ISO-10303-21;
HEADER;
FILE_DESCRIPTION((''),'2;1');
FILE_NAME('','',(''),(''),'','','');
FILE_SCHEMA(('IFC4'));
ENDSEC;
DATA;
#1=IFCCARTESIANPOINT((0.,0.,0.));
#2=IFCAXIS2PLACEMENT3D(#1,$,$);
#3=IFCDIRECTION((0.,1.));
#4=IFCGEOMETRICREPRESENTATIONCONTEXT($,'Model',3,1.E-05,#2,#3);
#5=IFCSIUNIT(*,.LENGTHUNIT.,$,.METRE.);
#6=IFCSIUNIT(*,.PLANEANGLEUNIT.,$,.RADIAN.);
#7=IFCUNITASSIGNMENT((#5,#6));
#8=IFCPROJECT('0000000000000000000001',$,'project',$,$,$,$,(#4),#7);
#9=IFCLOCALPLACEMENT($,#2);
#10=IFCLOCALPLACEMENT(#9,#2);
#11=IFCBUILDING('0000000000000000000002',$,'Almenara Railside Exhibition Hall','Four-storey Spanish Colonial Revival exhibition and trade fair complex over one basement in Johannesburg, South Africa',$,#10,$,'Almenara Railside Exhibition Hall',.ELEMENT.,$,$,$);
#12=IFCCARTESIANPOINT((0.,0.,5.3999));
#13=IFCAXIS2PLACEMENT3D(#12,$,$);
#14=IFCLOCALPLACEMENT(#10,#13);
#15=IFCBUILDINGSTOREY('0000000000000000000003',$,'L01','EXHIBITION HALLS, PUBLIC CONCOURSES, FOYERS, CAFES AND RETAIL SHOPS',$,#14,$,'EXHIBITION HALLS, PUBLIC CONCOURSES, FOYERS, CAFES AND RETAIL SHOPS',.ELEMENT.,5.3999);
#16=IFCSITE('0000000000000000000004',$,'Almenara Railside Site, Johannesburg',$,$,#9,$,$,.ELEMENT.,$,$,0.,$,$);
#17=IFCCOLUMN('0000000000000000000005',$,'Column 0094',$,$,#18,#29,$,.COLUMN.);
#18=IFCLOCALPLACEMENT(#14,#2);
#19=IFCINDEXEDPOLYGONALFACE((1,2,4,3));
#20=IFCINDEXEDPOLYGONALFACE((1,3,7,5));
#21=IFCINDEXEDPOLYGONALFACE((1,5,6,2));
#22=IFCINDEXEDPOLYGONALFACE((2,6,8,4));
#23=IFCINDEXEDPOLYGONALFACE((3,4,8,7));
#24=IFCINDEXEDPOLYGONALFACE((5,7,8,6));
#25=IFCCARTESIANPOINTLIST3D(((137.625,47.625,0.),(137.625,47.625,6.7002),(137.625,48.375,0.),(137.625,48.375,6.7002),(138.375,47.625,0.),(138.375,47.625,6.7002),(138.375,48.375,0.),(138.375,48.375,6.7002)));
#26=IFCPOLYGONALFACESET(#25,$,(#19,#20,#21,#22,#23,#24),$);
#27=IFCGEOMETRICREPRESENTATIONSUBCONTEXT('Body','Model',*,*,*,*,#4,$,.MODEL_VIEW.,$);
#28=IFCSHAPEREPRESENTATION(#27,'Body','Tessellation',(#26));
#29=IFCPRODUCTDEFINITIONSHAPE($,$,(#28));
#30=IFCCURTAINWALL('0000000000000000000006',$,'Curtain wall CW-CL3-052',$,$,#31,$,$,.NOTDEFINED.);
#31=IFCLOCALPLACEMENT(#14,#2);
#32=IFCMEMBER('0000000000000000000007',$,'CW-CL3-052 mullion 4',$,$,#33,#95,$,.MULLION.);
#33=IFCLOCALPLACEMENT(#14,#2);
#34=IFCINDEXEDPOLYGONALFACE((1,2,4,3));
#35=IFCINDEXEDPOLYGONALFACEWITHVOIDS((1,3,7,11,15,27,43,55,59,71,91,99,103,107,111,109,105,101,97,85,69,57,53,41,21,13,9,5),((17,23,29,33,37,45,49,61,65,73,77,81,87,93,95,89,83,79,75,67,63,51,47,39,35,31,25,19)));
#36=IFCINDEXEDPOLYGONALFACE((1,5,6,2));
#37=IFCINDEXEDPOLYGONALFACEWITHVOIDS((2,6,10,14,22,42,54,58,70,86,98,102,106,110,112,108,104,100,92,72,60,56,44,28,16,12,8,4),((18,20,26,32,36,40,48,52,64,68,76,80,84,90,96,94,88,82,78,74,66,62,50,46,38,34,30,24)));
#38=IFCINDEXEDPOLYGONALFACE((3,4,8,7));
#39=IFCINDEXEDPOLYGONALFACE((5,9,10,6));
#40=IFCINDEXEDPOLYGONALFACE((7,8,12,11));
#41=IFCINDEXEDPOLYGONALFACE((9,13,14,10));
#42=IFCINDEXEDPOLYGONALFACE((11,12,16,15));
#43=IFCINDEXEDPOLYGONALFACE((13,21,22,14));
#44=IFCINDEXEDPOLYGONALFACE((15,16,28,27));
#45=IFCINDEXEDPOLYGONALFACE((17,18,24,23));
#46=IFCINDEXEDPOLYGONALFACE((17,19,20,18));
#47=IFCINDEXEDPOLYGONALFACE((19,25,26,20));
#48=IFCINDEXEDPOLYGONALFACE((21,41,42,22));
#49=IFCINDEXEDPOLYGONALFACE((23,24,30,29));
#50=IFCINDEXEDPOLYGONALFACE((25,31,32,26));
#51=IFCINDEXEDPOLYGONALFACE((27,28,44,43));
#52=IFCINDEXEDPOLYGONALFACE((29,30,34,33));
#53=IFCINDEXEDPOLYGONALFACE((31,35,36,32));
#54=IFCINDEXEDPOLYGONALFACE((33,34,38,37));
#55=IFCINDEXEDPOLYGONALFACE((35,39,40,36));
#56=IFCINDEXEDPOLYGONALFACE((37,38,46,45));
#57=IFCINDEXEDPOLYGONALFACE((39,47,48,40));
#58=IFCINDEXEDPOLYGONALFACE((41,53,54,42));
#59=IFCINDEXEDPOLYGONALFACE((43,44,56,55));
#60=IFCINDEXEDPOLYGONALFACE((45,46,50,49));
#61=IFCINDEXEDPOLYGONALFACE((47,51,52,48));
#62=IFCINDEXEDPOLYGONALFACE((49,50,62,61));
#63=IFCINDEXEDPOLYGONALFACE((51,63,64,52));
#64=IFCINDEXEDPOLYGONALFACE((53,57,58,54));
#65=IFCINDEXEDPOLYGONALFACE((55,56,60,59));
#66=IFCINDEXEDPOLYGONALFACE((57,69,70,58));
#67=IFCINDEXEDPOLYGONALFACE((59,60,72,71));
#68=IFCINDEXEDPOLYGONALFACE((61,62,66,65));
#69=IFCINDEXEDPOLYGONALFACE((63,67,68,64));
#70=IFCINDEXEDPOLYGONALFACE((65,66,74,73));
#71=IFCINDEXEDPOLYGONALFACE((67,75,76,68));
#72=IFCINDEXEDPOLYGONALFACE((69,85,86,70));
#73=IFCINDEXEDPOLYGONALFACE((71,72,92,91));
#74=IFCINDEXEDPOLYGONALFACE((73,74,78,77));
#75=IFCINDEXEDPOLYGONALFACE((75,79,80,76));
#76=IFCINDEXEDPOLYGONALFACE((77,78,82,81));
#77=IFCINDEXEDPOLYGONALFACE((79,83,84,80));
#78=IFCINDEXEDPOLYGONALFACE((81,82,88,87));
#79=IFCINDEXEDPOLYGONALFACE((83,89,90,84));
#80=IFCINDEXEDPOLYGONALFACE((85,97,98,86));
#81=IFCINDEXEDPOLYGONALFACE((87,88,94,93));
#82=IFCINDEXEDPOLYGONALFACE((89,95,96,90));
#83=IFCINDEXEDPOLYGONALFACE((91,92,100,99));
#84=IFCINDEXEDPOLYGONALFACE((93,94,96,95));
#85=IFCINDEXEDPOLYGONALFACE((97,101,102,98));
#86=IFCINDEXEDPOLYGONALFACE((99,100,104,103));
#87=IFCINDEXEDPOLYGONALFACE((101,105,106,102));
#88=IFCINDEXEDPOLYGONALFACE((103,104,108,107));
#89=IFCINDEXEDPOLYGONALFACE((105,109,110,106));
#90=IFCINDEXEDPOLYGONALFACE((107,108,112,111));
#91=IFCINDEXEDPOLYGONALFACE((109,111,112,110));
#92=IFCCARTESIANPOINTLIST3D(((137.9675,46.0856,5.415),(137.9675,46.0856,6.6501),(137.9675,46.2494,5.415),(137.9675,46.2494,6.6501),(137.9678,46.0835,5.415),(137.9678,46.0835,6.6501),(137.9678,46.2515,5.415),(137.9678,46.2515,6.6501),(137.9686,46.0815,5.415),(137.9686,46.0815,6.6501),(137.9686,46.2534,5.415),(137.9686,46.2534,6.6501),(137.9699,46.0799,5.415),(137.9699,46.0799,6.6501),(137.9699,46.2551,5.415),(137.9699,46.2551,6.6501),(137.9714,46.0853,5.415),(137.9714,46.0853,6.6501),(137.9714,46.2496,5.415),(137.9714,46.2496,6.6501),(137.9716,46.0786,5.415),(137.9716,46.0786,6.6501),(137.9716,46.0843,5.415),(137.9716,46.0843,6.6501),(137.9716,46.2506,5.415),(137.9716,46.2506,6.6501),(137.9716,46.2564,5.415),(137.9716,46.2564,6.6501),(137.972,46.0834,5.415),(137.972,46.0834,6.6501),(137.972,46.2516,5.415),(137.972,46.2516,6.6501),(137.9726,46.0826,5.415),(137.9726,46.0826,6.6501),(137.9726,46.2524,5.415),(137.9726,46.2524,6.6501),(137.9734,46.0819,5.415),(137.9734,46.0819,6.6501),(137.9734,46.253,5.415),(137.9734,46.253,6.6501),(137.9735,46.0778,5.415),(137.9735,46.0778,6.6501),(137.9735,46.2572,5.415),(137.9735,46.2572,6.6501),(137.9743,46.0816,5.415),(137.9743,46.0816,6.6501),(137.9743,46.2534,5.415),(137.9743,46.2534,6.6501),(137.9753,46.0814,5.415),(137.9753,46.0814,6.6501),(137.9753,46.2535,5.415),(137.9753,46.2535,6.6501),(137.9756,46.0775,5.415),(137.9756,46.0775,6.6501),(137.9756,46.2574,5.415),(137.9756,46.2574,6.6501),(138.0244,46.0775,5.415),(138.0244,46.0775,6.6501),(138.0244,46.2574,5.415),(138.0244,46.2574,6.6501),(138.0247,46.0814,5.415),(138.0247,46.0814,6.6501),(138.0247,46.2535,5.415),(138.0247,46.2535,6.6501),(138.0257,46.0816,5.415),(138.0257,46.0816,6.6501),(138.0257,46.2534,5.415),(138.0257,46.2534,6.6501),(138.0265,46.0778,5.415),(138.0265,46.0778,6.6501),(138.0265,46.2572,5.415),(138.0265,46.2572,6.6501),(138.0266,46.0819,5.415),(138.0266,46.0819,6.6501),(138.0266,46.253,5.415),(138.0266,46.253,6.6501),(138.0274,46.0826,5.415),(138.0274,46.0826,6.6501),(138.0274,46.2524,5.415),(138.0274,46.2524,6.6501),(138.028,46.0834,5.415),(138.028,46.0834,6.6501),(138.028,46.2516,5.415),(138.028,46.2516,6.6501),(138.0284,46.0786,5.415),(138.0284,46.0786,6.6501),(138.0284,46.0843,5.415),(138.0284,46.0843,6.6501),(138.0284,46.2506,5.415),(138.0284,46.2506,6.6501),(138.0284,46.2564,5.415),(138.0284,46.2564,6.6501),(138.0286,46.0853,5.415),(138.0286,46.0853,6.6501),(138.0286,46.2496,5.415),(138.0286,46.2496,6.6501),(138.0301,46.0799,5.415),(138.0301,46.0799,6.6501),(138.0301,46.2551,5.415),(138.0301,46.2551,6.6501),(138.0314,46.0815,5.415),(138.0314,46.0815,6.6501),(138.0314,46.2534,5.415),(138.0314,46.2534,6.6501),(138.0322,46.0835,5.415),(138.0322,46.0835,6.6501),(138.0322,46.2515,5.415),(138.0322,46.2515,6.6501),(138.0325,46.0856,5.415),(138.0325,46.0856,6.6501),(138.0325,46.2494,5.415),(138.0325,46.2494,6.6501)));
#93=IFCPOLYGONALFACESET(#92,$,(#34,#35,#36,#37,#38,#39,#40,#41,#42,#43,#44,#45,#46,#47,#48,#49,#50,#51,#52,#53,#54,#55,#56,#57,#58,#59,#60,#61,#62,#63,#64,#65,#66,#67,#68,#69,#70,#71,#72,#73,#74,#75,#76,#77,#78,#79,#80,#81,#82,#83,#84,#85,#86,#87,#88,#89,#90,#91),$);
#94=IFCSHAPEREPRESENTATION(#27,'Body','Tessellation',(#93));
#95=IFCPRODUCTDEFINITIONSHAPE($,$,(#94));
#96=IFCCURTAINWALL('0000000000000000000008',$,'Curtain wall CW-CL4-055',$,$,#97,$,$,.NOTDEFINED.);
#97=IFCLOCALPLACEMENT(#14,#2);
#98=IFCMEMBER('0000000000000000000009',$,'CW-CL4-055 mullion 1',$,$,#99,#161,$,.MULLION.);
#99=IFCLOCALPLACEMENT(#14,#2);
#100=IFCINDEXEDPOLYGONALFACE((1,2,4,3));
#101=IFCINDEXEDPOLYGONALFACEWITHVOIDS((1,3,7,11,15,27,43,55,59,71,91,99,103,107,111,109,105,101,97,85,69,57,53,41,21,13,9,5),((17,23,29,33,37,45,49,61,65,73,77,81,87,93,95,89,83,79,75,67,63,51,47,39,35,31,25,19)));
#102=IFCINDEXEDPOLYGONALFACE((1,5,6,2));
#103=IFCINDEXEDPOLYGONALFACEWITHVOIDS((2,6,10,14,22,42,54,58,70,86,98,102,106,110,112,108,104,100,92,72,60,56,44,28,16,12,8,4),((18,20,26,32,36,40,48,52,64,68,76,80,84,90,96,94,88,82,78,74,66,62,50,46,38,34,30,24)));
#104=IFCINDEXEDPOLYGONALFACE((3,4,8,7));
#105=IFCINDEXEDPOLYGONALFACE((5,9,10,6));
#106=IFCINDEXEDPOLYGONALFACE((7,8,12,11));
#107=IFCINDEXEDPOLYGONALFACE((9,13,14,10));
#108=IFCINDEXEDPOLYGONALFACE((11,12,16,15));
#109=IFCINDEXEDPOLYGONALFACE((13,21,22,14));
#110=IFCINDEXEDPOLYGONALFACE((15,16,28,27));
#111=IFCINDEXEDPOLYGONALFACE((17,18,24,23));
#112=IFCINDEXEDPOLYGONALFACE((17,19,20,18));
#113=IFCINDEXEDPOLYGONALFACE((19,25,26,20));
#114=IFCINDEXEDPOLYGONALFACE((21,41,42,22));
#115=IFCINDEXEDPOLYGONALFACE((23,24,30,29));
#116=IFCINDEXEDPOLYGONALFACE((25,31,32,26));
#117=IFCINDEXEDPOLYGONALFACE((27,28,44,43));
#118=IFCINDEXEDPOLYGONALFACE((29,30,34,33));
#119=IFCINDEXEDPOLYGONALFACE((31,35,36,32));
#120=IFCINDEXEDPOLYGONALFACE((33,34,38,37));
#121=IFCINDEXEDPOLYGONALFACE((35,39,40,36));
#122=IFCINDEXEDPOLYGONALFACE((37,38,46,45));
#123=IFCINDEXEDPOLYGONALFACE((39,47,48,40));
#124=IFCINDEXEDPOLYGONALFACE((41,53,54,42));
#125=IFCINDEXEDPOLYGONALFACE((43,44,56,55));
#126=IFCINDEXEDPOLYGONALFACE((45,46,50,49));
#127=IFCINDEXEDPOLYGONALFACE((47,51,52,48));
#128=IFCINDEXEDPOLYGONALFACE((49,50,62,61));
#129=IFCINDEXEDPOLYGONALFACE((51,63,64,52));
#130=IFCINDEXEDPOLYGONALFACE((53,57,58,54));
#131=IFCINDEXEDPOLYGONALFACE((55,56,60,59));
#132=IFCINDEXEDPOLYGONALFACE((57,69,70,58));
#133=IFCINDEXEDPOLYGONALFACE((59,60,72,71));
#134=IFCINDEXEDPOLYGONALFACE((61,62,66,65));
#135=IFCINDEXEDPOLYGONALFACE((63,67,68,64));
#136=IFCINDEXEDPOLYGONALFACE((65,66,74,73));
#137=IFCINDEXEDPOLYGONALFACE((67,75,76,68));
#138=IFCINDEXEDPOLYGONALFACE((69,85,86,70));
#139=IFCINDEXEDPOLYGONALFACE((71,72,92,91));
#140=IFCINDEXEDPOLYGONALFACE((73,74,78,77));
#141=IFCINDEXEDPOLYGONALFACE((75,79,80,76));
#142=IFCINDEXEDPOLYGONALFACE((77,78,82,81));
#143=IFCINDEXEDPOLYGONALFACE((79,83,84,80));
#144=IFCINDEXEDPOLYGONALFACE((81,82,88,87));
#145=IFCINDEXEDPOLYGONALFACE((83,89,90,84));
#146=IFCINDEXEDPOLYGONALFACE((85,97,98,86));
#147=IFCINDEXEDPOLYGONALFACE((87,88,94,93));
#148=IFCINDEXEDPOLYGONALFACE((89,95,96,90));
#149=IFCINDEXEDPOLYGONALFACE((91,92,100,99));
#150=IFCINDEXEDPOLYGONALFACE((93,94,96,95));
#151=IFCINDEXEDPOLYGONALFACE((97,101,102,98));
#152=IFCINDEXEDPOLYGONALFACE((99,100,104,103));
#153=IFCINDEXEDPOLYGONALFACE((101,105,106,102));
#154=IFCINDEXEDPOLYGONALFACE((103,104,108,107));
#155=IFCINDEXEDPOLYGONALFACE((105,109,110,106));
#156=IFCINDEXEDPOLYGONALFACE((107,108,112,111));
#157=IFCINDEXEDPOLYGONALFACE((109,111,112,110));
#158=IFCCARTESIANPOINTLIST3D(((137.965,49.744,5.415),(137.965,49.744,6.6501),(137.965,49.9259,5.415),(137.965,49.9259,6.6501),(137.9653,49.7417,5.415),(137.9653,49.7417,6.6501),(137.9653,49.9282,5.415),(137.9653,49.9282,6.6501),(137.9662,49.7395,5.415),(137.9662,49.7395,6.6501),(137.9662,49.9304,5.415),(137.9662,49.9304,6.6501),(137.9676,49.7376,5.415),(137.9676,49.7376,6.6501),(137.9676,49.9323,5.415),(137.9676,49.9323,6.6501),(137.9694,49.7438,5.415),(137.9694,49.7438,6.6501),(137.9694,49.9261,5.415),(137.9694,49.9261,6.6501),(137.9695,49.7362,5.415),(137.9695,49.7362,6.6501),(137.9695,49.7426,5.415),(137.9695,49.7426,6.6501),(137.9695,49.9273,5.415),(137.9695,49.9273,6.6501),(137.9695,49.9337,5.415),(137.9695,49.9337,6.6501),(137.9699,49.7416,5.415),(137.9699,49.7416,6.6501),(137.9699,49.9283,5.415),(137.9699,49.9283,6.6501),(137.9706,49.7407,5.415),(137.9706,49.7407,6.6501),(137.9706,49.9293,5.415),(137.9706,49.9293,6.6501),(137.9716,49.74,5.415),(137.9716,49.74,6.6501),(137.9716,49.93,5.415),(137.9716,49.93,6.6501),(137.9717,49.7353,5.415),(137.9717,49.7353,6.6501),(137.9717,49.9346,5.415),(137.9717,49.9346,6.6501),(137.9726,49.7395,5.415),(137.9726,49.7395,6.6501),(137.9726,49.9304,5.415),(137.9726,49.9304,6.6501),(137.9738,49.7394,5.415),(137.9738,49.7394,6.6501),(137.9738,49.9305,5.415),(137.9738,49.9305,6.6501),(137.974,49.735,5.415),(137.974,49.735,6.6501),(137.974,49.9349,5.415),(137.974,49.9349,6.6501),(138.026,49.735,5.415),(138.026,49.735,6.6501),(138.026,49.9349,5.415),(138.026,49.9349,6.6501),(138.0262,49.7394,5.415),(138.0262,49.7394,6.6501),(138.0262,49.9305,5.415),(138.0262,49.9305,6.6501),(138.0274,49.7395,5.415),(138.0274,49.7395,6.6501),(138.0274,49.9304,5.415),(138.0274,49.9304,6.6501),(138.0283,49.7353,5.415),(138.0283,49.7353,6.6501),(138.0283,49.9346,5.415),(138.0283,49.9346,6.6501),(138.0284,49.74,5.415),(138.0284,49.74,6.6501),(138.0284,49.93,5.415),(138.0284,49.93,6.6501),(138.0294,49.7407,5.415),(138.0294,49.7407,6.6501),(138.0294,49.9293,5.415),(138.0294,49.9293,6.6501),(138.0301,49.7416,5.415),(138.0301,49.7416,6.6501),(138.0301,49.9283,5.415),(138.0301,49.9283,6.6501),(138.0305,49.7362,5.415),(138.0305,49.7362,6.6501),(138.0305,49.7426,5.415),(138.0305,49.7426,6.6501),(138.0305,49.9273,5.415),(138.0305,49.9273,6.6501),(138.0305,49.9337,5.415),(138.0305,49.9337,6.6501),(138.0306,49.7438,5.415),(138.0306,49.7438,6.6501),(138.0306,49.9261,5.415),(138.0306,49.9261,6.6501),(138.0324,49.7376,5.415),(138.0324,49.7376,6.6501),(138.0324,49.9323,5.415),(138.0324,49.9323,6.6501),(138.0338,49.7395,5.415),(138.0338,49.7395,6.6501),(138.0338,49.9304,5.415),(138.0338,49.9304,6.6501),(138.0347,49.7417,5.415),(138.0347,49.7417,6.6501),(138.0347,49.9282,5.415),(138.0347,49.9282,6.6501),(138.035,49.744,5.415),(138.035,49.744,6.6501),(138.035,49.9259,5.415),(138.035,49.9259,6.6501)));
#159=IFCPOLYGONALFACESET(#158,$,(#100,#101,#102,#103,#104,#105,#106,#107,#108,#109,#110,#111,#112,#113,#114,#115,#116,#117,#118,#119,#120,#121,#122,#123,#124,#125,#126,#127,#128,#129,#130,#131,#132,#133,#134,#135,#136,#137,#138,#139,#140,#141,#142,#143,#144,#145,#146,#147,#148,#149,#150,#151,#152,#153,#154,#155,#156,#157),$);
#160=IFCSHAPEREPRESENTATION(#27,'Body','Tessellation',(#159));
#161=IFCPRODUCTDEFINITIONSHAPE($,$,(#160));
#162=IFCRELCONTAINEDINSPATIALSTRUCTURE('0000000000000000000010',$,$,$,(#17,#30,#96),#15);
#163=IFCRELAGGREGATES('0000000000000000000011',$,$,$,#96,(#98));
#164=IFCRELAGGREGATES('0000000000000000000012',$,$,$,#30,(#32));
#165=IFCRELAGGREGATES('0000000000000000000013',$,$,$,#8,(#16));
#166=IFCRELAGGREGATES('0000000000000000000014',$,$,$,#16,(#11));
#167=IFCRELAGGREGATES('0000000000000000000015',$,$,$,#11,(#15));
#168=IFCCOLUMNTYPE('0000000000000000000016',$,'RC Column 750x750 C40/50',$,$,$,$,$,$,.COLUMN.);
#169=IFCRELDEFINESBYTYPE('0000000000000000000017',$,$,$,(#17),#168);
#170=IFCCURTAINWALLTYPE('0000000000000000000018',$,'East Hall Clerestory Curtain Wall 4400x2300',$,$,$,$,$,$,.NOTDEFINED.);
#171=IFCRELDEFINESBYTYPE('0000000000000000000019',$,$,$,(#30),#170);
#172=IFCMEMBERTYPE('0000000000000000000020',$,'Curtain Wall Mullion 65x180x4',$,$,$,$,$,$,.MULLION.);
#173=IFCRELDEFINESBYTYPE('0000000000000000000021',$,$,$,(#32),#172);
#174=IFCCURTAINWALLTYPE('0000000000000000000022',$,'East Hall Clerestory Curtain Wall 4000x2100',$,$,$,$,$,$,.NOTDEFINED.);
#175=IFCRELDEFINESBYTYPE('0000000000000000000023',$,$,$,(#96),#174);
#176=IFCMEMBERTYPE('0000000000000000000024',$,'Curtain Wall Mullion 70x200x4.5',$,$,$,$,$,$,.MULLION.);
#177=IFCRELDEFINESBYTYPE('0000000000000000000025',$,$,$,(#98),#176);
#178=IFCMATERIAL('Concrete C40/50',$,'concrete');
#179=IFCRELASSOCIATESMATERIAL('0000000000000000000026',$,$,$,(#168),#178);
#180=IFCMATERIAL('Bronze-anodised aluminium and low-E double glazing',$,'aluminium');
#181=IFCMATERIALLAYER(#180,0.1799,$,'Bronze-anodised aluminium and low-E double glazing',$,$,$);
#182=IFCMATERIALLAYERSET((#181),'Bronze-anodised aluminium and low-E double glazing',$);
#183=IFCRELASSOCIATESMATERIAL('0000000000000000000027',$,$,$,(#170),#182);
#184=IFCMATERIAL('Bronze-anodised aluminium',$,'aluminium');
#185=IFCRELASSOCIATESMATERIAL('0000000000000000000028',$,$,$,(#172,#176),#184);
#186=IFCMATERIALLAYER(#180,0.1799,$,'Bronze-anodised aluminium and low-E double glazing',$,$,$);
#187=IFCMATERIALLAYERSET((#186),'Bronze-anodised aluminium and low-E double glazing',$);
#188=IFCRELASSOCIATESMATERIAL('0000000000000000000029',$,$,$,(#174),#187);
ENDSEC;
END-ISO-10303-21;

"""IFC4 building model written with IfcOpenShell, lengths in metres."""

from ifc_helpers import new_model, si_unit, direction, frame, origin, origin_2d, place, context, subcontext, project, spatial, rectangle, hollow_rectangle, extrude, material, layer, layer_set, material_profile, profile_set, type_object, element, aggregate, save


model = new_model("IFC4")

# Units and contexts
model_context = context("Model", 3, precision=1e-05, world=origin(), true_north=direction((0.0, 1.0)))
body_context = subcontext(model_context, "Body", "Model", "MODEL_VIEW")
ifc_project = project(units=[si_unit("LENGTHUNIT", "METRE"), si_unit("PLANEANGLEUNIT", "RADIAN")], contexts=[model_context])

# Site, building, storey
site_placement = place(None, origin())
site = spatial("IfcSite", under=ifc_project, at=site_placement, Name="Almenara Railside Site, Johannesburg", CompositionType="ELEMENT", RefElevation=0.0)
building_placement = place(site_placement, origin())
building = spatial("IfcBuilding", under=site, at=building_placement, Name="Almenara Railside Exhibition Hall", Description="Four-storey Spanish Colonial Revival exhibition and trade fair complex over one basement in Johannesburg, South Africa", LongName="Almenara Railside Exhibition Hall", CompositionType="ELEMENT")
storey_placement = place(building_placement, frame((0.0, 0.0, 5.3999)))
storey = spatial("IfcBuildingStorey", under=building, at=storey_placement, Name="L01", Description="EXHIBITION HALLS, PUBLIC CONCOURSES, FOYERS, CAFES AND RETAIL SHOPS", LongName="EXHIBITION HALLS, PUBLIC CONCOURSES, FOYERS, CAFES AND RETAIL SHOPS", CompositionType="ELEMENT", Elevation=5.3999)

# Column
ifc_material_1 = material(Name="Concrete C40/50", Category="concrete")
ifc_material_profile_1 = material_profile(ifc_material_1, rectangle(XDim=0.75, YDim=0.75, at=origin_2d()), Name="RC 750x750")
ifc_profile_set_1 = profile_set([ifc_material_profile_1], Name="Concrete C40/50")
column_type = type_object("IfcColumnType", Name="RC Column 750x750 C40/50", PredefinedType="COLUMN", material=ifc_profile_set_1)
column_placement = place(storey_placement, frame((138.0, 48.0, 0.0), z_axis=(0.0, 0.0, 1.0), x_axis=(1.0, 0.0, 0.0)))
element("IfcColumn", 1, at=column_placement, inside=storey, type_object=column_type, Name="Column 0094", PredefinedType="COLUMN", context=body_context, shape_type="SweptSolid", body=[
    extrude(rectangle(XDim=0.75, YDim=0.75, at=origin_2d()), origin(), (0.0, 0.0, 1.0), 6.7002),
])

# Curtain wall, member
ifc_material_2 = material(Name="Bronze-anodised aluminium and low-E double glazing", Category="aluminium")
ifc_layer_1 = layer(ifc_material_2, 0.1799, Name="Bronze-anodised aluminium and low-E double glazing")
ifc_layer_set_1 = layer_set([ifc_layer_1], Name="Bronze-anodised aluminium and low-E double glazing")
curtain_wall_type_1 = type_object("IfcCurtainWallType", Name="East Hall Clerestory Curtain Wall 4400x2300", PredefinedType="NOTDEFINED", material=ifc_layer_set_1)
curtain_wall_1_placement = place(storey_placement, origin())
curtain_wall_1 = element("IfcCurtainWall", 2, at=curtain_wall_1_placement, inside=storey, type_object=curtain_wall_type_1, Name="Curtain wall CW-CL3-052", PredefinedType="NOTDEFINED")
ifc_material_3 = material(Name="Bronze-anodised aluminium", Category="aluminium")
ifc_material_profile_2 = material_profile(ifc_material_3, hollow_rectangle(XDim=0.0649, YDim=0.1799, WallThickness=0.0039, InnerFilletRadius=0.0039, OuterFilletRadius=0.0081, at=origin_2d()), Name="ALU-MUL 65x180x4")
ifc_profile_set_2 = profile_set([ifc_material_profile_2], Name="Bronze-anodised aluminium")
member_type_1 = type_object("IfcMemberType", Name="Curtain Wall Mullion 65x180x4", PredefinedType="MULLION", material=ifc_profile_set_2)
member_1_placement = place(storey_placement, frame((138.0, 46.1675, 5.415), z_axis=(0.0, 0.0, 1.0), x_axis=(-1.0, 0.0, 0.0)))
member_1 = element("IfcMember", 3, at=member_1_placement, type_object=member_type_1, Name="CW-CL3-052 mullion 4", PredefinedType="MULLION", context=body_context, shape_type="SweptSolid", body=[
    extrude(hollow_rectangle(XDim=0.0649, YDim=0.1799, WallThickness=0.0039, InnerFilletRadius=0.0039, OuterFilletRadius=0.0081, at=origin_2d()), origin(), (0.0, 0.0, 1.0), 1.2351),
])

# Curtain wall, member
ifc_layer_2 = layer(ifc_material_2, 0.1799, Name="Bronze-anodised aluminium and low-E double glazing")
ifc_layer_set_2 = layer_set([ifc_layer_2], Name="Bronze-anodised aluminium and low-E double glazing")
curtain_wall_type_2 = type_object("IfcCurtainWallType", Name="East Hall Clerestory Curtain Wall 4000x2100", PredefinedType="NOTDEFINED", material=ifc_layer_set_2)
curtain_wall_2_placement = place(storey_placement, origin())
curtain_wall_2 = element("IfcCurtainWall", 4, at=curtain_wall_2_placement, inside=storey, type_object=curtain_wall_type_2, Name="Curtain wall CW-CL4-055", PredefinedType="NOTDEFINED")
ifc_material_profile_3 = material_profile(ifc_material_3, hollow_rectangle(XDim=0.0701, YDim=0.2, WallThickness=0.0044, InnerFilletRadius=0.0044, OuterFilletRadius=0.009, at=origin_2d()), Name="ALU-MUL 70x200x4.5")
ifc_profile_set_3 = profile_set([ifc_material_profile_3], Name="Bronze-anodised aluminium")
member_type_2 = type_object("IfcMemberType", Name="Curtain Wall Mullion 70x200x4.5", PredefinedType="MULLION", material=ifc_profile_set_3)
member_2_placement = place(storey_placement, frame((138.0, 49.835, 5.415), z_axis=(0.0, 0.0, 1.0), x_axis=(-1.0, 0.0, 0.0)))
member_2 = element("IfcMember", 5, at=member_2_placement, type_object=member_type_2, Name="CW-CL4-055 mullion 1", PredefinedType="MULLION", context=body_context, shape_type="SweptSolid", body=[
    extrude(hollow_rectangle(XDim=0.0701, YDim=0.2, WallThickness=0.0044, InnerFilletRadius=0.0044, OuterFilletRadius=0.009, at=origin_2d()), origin(), (0.0, 0.0, 1.0), 1.2351),
])
aggregate(curtain_wall_2, [member_2])

aggregate(curtain_wall_1, [member_1])

save(model, "model.ifc")
